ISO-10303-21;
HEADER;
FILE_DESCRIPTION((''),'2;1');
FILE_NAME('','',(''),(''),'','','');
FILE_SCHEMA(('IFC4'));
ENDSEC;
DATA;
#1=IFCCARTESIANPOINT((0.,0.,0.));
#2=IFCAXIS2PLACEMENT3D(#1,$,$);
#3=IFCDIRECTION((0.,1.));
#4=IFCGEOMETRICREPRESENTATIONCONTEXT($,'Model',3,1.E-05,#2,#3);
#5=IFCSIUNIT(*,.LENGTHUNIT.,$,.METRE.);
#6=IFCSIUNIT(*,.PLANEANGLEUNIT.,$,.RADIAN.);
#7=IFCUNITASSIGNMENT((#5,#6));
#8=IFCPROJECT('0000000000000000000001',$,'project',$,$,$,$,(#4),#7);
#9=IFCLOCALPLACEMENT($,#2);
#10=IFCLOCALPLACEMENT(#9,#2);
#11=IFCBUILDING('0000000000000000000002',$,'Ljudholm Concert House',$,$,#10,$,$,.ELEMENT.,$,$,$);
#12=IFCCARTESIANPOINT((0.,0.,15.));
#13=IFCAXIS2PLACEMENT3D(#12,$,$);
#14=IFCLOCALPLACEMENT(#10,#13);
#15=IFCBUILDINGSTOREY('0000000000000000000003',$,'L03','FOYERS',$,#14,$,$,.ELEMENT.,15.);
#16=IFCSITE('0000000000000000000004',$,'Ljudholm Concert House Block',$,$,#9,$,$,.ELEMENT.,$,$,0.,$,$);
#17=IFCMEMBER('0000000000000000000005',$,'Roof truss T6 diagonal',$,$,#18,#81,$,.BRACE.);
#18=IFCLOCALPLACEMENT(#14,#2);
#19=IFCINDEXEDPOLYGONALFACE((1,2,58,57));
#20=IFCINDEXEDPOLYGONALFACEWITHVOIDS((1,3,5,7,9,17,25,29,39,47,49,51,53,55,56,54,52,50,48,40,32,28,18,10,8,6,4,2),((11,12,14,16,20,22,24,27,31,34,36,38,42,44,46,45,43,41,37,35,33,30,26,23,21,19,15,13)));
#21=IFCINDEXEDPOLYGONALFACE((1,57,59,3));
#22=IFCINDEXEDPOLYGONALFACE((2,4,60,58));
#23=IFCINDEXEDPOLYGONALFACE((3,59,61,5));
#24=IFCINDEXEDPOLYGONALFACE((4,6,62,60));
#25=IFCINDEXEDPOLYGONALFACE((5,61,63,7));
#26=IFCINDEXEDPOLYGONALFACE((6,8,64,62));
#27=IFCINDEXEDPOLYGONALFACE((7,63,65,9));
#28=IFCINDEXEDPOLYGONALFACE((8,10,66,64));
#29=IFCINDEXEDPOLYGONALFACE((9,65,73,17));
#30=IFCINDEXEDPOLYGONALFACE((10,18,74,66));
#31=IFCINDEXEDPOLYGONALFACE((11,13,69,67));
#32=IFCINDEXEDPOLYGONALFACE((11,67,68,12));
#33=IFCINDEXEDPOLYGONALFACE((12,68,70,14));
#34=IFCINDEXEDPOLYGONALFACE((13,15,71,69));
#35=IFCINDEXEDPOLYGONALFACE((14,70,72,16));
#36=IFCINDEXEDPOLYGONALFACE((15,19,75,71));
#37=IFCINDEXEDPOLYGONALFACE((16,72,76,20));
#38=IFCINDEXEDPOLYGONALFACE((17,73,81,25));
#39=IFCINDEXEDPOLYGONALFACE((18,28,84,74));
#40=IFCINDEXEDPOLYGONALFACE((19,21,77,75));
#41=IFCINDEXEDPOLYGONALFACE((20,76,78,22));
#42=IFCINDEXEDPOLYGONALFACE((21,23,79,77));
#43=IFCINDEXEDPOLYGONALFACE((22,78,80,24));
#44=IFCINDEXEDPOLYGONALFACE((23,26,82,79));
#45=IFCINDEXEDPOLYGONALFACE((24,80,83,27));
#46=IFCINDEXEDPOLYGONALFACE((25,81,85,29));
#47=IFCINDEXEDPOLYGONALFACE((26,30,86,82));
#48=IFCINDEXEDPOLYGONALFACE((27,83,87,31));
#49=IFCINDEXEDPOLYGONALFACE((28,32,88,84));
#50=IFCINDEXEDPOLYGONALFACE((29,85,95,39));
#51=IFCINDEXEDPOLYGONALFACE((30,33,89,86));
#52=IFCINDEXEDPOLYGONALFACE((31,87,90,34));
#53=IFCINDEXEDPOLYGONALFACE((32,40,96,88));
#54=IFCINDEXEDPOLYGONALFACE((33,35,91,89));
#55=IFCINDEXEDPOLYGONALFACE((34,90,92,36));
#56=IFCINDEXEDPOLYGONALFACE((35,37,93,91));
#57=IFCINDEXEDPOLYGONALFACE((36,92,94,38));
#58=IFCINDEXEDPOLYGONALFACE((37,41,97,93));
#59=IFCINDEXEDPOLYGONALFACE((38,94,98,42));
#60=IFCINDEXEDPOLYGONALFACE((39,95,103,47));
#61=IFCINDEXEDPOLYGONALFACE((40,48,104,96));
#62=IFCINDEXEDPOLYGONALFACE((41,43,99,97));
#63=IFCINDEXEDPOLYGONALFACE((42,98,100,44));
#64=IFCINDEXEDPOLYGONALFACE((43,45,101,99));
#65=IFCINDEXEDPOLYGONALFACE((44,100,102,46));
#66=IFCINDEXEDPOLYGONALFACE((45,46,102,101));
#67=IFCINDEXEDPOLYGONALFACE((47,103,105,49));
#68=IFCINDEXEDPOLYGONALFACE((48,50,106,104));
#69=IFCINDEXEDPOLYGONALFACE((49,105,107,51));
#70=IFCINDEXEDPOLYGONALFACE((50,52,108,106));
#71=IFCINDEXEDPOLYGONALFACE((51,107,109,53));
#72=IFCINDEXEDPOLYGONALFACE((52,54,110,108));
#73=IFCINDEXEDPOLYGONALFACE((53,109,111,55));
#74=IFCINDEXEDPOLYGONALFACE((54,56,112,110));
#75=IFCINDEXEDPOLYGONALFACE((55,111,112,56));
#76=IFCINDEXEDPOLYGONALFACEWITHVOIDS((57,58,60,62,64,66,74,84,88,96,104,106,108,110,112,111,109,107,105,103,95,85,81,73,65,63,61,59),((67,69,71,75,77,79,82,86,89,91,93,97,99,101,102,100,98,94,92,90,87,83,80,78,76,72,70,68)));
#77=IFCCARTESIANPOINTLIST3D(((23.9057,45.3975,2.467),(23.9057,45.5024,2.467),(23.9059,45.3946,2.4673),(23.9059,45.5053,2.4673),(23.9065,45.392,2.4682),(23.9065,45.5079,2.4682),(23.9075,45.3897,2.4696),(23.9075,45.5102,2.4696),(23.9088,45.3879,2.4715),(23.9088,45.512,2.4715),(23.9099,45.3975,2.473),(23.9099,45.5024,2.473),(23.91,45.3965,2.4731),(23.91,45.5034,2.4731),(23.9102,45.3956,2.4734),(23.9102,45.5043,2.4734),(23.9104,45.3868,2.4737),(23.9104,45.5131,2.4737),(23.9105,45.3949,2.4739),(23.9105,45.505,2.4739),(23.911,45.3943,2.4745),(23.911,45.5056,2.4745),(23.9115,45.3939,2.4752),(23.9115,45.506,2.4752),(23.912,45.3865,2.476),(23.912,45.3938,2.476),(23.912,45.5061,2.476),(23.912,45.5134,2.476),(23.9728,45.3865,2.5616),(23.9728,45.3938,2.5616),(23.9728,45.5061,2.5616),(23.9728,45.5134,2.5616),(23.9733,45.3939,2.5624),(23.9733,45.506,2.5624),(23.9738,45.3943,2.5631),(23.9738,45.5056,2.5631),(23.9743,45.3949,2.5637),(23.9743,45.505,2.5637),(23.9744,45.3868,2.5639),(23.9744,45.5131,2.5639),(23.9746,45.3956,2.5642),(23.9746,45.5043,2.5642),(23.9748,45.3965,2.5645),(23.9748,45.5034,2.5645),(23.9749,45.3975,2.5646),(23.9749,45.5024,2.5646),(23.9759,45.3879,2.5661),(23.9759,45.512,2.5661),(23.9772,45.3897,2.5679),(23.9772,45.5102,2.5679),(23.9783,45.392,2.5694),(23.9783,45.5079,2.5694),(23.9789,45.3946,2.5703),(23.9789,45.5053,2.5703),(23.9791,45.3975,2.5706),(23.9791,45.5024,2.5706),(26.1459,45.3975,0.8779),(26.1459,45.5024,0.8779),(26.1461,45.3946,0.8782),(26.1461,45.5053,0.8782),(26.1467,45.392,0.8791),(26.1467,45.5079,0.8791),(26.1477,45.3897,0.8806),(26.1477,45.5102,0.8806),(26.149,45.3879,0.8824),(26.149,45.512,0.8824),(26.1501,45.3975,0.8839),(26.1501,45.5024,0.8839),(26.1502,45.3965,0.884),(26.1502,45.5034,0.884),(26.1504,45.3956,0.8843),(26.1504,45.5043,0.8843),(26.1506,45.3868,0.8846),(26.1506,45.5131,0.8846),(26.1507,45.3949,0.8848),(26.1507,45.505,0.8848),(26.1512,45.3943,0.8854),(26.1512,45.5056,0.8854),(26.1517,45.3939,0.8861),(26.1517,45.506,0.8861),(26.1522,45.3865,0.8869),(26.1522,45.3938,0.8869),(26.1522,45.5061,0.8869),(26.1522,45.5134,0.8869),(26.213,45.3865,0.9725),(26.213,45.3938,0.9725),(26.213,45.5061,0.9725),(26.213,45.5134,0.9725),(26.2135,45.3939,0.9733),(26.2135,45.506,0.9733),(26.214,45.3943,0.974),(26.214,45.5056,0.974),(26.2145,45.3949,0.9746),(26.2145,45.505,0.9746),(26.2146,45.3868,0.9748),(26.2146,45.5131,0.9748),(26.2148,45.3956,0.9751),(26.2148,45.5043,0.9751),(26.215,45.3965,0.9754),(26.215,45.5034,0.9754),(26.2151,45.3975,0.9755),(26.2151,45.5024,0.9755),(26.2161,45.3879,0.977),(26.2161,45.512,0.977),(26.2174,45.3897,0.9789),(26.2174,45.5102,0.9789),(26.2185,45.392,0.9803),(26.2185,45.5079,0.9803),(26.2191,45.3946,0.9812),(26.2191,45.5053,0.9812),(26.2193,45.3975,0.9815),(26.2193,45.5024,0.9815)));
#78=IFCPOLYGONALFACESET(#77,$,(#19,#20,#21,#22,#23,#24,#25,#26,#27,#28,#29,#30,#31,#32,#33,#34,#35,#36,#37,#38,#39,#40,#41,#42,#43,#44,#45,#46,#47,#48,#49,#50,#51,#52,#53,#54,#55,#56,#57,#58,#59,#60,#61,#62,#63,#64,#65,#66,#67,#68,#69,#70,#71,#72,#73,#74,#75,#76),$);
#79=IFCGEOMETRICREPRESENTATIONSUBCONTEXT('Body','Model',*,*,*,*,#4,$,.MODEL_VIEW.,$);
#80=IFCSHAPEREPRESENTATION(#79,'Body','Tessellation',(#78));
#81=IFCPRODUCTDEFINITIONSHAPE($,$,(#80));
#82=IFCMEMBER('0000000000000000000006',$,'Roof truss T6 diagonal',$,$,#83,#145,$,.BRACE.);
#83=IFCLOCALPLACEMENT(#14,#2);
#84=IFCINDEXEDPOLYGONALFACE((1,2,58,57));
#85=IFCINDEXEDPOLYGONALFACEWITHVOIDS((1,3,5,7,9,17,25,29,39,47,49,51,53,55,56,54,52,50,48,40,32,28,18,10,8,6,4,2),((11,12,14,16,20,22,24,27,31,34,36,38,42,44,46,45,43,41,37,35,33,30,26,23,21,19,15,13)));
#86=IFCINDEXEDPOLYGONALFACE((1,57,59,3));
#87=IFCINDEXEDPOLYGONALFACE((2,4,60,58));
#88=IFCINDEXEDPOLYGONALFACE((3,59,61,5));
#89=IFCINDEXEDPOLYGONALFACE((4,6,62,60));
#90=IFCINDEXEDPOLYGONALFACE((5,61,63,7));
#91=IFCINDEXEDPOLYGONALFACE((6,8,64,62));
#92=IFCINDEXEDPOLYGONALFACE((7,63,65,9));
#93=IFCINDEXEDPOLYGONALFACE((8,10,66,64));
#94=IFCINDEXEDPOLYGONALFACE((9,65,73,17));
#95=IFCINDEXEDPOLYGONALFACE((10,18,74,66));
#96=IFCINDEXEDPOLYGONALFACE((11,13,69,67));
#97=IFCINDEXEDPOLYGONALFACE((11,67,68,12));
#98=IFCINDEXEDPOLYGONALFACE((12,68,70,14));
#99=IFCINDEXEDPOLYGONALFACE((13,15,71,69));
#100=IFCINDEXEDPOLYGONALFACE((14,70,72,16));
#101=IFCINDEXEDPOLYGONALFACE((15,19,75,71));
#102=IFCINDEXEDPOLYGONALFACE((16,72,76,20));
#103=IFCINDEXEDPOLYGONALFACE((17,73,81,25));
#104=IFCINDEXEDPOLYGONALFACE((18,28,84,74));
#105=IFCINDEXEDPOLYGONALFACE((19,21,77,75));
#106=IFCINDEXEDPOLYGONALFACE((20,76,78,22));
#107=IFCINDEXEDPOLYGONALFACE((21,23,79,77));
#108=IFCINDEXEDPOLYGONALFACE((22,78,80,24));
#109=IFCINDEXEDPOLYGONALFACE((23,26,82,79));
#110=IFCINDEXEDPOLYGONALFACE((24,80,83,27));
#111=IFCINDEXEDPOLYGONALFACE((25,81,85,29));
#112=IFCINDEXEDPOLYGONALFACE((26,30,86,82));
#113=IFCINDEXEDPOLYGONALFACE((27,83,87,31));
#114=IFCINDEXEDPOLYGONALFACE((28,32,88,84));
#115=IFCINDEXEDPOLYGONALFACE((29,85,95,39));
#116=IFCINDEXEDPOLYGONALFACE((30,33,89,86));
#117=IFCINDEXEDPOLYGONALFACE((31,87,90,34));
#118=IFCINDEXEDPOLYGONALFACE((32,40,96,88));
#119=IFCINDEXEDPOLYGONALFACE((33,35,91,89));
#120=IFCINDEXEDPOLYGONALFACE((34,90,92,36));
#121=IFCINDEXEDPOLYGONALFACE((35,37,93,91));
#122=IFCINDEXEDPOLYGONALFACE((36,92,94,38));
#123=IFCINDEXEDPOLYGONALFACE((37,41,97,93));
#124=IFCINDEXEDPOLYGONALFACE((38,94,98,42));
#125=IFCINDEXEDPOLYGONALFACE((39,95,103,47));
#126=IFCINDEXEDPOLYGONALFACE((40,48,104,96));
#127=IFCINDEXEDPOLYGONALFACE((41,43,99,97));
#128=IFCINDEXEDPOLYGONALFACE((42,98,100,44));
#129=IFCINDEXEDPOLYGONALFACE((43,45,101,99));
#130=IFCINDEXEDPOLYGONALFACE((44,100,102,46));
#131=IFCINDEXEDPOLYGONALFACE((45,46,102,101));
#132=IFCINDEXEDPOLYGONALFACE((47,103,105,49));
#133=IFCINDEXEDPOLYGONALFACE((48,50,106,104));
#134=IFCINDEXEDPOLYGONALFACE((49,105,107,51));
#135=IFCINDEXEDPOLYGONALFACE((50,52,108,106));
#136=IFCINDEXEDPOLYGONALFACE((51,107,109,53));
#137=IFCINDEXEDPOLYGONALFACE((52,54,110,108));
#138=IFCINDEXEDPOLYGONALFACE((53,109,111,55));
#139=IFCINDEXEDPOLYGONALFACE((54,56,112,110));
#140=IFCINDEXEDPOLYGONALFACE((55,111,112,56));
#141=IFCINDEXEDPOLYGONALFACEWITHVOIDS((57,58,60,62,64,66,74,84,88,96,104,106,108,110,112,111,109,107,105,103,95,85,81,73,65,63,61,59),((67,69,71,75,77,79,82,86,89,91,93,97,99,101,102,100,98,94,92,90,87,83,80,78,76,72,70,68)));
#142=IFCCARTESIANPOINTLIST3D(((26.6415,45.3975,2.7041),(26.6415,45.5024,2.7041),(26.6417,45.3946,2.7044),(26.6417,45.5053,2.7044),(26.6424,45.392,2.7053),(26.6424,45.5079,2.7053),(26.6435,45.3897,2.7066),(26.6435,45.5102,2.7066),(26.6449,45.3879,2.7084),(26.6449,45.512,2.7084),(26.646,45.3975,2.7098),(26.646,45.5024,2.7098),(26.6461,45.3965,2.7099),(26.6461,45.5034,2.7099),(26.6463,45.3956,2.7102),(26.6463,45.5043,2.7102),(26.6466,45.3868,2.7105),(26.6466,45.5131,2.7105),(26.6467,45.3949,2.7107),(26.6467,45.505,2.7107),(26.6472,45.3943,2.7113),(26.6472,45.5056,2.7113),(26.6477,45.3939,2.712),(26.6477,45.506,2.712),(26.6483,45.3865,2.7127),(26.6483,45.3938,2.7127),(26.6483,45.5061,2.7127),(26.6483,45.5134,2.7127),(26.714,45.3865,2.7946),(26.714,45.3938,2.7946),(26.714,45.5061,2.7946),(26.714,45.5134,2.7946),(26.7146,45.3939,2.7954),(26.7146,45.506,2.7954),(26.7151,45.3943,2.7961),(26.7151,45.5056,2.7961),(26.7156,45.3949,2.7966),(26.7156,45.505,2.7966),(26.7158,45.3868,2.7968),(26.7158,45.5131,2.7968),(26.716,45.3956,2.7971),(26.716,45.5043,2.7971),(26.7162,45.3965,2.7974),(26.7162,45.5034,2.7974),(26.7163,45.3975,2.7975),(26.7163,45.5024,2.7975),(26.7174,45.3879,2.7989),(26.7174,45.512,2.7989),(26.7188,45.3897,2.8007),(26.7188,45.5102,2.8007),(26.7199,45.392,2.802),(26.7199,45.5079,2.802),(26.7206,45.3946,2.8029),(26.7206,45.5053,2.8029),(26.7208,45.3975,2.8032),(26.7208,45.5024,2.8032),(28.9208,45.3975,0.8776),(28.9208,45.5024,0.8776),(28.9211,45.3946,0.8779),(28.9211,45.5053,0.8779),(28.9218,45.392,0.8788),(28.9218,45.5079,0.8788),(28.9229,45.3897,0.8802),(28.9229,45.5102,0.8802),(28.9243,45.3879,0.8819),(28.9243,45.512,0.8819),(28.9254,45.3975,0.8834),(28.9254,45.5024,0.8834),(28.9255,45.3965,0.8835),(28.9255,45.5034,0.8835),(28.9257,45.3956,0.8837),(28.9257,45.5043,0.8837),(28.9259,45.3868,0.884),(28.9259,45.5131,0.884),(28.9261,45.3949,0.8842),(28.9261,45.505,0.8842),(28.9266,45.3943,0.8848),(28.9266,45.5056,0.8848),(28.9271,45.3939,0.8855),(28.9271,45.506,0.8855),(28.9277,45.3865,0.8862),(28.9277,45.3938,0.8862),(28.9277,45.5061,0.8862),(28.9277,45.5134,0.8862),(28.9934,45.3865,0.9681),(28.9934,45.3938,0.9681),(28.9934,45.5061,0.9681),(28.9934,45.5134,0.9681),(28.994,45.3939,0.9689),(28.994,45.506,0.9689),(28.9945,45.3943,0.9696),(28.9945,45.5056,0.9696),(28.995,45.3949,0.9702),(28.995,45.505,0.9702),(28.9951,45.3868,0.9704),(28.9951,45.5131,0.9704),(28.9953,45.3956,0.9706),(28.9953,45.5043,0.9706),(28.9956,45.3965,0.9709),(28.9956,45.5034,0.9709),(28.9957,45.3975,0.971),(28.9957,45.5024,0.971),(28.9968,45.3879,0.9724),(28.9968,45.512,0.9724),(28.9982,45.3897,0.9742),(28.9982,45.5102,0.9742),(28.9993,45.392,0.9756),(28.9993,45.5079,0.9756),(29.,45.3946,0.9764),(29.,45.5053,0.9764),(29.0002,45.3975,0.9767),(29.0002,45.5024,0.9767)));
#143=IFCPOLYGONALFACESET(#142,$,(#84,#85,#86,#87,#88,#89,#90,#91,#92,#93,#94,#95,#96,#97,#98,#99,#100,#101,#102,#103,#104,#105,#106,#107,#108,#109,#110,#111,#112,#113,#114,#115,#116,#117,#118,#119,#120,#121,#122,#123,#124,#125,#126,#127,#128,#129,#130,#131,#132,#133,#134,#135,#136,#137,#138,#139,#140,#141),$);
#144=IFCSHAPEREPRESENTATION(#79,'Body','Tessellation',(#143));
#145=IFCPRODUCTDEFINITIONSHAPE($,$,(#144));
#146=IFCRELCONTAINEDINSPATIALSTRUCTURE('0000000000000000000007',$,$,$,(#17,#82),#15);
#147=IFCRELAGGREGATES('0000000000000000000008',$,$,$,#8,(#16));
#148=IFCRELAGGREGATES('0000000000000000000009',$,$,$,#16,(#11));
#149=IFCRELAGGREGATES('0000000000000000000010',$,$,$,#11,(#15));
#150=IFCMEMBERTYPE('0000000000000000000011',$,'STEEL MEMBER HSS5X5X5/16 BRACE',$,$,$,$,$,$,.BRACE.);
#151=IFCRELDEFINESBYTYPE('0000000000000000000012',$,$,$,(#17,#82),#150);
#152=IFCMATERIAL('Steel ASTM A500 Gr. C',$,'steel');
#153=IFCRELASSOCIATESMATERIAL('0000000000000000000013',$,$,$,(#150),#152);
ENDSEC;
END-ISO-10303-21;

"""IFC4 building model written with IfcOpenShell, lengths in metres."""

from ifc_helpers import new_model, si_unit, direction, frame, origin, origin_2d, place, context, subcontext, project, spatial, hollow_rectangle, extrude, material, material_profile, profile_set, type_object, element, save


model = new_model("IFC4")

# Units and contexts
model_context = context("Model", 3, precision=1e-05, world=origin(), true_north=direction((0.0, 1.0)))
body_context = subcontext(model_context, "Body", "Model", "MODEL_VIEW")
ifc_project = project(units=[si_unit("LENGTHUNIT", "METRE"), si_unit("PLANEANGLEUNIT", "RADIAN")], contexts=[model_context])

# Site, building, storey
site_placement = place(None, origin())
site = spatial("IfcSite", under=ifc_project, at=site_placement, Name="Ljudholm Concert House Block", CompositionType="ELEMENT", RefElevation=0.0)
building_placement = place(site_placement, origin())
building = spatial("IfcBuilding", under=site, at=building_placement, Name="Ljudholm Concert House", CompositionType="ELEMENT")
storey_placement = place(building_placement, frame((0.0, 0.0, 15.0)))
storey = spatial("IfcBuildingStorey", under=building, at=storey_placement, Name="L03", Description="FOYERS", CompositionType="ELEMENT", Elevation=15.0)

# Members
ifc_material_1 = material(Name="Steel ASTM A500 Gr. C", Category="steel")
ifc_material_profile_1 = material_profile(ifc_material_1, hollow_rectangle(XDim=0.127, YDim=0.127, WallThickness=0.0073, InnerFilletRadius=0.0037, OuterFilletRadius=0.011, at=origin_2d()), Name="HSS5X5X5/16")
ifc_profile_set_1 = profile_set([ifc_material_profile_1], Name="Steel ASTM A500 Gr. C")
member_type_1 = type_object("IfcMemberType", Name="STEEL MEMBER HSS5X5X5/16 BRACE", PredefinedType="BRACE", material=ifc_profile_set_1)
member_1_placement = place(storey_placement, frame((23.9424, 45.45, 2.5188), z_axis=(0.815633, 0.0, -0.57857), x_axis=(0.0, 1.0, 0.0)))
element("IfcMember", 1, at=member_1_placement, inside=storey, type_object=member_type_1, Name="Roof truss T6 diagonal", PredefinedType="BRACE", context=body_context, shape_type="SweptSolid", body=[
    extrude(hollow_rectangle(XDim=0.127, YDim=0.127, WallThickness=0.0073, InnerFilletRadius=0.0037, OuterFilletRadius=0.011, at=origin_2d()), origin(), (0.0, 0.0, 1.0), 2.7466),
])
member_2_placement = place(storey_placement, frame((26.6812, 45.45, 2.7537), z_axis=(0.780371, 0.0, -0.625317), x_axis=(0.0, 1.0, 0.0)))
element("IfcMember", 2, at=member_2_placement, inside=storey, type_object=member_type_1, Name="Roof truss T6 diagonal", PredefinedType="BRACE", context=body_context, shape_type="SweptSolid", body=[
    extrude(hollow_rectangle(XDim=0.127, YDim=0.127, WallThickness=0.0073, InnerFilletRadius=0.0037, OuterFilletRadius=0.011, at=origin_2d()), origin(), (0.0, 0.0, 1.0), 2.9209),
])

save(model, "model.ifc")
